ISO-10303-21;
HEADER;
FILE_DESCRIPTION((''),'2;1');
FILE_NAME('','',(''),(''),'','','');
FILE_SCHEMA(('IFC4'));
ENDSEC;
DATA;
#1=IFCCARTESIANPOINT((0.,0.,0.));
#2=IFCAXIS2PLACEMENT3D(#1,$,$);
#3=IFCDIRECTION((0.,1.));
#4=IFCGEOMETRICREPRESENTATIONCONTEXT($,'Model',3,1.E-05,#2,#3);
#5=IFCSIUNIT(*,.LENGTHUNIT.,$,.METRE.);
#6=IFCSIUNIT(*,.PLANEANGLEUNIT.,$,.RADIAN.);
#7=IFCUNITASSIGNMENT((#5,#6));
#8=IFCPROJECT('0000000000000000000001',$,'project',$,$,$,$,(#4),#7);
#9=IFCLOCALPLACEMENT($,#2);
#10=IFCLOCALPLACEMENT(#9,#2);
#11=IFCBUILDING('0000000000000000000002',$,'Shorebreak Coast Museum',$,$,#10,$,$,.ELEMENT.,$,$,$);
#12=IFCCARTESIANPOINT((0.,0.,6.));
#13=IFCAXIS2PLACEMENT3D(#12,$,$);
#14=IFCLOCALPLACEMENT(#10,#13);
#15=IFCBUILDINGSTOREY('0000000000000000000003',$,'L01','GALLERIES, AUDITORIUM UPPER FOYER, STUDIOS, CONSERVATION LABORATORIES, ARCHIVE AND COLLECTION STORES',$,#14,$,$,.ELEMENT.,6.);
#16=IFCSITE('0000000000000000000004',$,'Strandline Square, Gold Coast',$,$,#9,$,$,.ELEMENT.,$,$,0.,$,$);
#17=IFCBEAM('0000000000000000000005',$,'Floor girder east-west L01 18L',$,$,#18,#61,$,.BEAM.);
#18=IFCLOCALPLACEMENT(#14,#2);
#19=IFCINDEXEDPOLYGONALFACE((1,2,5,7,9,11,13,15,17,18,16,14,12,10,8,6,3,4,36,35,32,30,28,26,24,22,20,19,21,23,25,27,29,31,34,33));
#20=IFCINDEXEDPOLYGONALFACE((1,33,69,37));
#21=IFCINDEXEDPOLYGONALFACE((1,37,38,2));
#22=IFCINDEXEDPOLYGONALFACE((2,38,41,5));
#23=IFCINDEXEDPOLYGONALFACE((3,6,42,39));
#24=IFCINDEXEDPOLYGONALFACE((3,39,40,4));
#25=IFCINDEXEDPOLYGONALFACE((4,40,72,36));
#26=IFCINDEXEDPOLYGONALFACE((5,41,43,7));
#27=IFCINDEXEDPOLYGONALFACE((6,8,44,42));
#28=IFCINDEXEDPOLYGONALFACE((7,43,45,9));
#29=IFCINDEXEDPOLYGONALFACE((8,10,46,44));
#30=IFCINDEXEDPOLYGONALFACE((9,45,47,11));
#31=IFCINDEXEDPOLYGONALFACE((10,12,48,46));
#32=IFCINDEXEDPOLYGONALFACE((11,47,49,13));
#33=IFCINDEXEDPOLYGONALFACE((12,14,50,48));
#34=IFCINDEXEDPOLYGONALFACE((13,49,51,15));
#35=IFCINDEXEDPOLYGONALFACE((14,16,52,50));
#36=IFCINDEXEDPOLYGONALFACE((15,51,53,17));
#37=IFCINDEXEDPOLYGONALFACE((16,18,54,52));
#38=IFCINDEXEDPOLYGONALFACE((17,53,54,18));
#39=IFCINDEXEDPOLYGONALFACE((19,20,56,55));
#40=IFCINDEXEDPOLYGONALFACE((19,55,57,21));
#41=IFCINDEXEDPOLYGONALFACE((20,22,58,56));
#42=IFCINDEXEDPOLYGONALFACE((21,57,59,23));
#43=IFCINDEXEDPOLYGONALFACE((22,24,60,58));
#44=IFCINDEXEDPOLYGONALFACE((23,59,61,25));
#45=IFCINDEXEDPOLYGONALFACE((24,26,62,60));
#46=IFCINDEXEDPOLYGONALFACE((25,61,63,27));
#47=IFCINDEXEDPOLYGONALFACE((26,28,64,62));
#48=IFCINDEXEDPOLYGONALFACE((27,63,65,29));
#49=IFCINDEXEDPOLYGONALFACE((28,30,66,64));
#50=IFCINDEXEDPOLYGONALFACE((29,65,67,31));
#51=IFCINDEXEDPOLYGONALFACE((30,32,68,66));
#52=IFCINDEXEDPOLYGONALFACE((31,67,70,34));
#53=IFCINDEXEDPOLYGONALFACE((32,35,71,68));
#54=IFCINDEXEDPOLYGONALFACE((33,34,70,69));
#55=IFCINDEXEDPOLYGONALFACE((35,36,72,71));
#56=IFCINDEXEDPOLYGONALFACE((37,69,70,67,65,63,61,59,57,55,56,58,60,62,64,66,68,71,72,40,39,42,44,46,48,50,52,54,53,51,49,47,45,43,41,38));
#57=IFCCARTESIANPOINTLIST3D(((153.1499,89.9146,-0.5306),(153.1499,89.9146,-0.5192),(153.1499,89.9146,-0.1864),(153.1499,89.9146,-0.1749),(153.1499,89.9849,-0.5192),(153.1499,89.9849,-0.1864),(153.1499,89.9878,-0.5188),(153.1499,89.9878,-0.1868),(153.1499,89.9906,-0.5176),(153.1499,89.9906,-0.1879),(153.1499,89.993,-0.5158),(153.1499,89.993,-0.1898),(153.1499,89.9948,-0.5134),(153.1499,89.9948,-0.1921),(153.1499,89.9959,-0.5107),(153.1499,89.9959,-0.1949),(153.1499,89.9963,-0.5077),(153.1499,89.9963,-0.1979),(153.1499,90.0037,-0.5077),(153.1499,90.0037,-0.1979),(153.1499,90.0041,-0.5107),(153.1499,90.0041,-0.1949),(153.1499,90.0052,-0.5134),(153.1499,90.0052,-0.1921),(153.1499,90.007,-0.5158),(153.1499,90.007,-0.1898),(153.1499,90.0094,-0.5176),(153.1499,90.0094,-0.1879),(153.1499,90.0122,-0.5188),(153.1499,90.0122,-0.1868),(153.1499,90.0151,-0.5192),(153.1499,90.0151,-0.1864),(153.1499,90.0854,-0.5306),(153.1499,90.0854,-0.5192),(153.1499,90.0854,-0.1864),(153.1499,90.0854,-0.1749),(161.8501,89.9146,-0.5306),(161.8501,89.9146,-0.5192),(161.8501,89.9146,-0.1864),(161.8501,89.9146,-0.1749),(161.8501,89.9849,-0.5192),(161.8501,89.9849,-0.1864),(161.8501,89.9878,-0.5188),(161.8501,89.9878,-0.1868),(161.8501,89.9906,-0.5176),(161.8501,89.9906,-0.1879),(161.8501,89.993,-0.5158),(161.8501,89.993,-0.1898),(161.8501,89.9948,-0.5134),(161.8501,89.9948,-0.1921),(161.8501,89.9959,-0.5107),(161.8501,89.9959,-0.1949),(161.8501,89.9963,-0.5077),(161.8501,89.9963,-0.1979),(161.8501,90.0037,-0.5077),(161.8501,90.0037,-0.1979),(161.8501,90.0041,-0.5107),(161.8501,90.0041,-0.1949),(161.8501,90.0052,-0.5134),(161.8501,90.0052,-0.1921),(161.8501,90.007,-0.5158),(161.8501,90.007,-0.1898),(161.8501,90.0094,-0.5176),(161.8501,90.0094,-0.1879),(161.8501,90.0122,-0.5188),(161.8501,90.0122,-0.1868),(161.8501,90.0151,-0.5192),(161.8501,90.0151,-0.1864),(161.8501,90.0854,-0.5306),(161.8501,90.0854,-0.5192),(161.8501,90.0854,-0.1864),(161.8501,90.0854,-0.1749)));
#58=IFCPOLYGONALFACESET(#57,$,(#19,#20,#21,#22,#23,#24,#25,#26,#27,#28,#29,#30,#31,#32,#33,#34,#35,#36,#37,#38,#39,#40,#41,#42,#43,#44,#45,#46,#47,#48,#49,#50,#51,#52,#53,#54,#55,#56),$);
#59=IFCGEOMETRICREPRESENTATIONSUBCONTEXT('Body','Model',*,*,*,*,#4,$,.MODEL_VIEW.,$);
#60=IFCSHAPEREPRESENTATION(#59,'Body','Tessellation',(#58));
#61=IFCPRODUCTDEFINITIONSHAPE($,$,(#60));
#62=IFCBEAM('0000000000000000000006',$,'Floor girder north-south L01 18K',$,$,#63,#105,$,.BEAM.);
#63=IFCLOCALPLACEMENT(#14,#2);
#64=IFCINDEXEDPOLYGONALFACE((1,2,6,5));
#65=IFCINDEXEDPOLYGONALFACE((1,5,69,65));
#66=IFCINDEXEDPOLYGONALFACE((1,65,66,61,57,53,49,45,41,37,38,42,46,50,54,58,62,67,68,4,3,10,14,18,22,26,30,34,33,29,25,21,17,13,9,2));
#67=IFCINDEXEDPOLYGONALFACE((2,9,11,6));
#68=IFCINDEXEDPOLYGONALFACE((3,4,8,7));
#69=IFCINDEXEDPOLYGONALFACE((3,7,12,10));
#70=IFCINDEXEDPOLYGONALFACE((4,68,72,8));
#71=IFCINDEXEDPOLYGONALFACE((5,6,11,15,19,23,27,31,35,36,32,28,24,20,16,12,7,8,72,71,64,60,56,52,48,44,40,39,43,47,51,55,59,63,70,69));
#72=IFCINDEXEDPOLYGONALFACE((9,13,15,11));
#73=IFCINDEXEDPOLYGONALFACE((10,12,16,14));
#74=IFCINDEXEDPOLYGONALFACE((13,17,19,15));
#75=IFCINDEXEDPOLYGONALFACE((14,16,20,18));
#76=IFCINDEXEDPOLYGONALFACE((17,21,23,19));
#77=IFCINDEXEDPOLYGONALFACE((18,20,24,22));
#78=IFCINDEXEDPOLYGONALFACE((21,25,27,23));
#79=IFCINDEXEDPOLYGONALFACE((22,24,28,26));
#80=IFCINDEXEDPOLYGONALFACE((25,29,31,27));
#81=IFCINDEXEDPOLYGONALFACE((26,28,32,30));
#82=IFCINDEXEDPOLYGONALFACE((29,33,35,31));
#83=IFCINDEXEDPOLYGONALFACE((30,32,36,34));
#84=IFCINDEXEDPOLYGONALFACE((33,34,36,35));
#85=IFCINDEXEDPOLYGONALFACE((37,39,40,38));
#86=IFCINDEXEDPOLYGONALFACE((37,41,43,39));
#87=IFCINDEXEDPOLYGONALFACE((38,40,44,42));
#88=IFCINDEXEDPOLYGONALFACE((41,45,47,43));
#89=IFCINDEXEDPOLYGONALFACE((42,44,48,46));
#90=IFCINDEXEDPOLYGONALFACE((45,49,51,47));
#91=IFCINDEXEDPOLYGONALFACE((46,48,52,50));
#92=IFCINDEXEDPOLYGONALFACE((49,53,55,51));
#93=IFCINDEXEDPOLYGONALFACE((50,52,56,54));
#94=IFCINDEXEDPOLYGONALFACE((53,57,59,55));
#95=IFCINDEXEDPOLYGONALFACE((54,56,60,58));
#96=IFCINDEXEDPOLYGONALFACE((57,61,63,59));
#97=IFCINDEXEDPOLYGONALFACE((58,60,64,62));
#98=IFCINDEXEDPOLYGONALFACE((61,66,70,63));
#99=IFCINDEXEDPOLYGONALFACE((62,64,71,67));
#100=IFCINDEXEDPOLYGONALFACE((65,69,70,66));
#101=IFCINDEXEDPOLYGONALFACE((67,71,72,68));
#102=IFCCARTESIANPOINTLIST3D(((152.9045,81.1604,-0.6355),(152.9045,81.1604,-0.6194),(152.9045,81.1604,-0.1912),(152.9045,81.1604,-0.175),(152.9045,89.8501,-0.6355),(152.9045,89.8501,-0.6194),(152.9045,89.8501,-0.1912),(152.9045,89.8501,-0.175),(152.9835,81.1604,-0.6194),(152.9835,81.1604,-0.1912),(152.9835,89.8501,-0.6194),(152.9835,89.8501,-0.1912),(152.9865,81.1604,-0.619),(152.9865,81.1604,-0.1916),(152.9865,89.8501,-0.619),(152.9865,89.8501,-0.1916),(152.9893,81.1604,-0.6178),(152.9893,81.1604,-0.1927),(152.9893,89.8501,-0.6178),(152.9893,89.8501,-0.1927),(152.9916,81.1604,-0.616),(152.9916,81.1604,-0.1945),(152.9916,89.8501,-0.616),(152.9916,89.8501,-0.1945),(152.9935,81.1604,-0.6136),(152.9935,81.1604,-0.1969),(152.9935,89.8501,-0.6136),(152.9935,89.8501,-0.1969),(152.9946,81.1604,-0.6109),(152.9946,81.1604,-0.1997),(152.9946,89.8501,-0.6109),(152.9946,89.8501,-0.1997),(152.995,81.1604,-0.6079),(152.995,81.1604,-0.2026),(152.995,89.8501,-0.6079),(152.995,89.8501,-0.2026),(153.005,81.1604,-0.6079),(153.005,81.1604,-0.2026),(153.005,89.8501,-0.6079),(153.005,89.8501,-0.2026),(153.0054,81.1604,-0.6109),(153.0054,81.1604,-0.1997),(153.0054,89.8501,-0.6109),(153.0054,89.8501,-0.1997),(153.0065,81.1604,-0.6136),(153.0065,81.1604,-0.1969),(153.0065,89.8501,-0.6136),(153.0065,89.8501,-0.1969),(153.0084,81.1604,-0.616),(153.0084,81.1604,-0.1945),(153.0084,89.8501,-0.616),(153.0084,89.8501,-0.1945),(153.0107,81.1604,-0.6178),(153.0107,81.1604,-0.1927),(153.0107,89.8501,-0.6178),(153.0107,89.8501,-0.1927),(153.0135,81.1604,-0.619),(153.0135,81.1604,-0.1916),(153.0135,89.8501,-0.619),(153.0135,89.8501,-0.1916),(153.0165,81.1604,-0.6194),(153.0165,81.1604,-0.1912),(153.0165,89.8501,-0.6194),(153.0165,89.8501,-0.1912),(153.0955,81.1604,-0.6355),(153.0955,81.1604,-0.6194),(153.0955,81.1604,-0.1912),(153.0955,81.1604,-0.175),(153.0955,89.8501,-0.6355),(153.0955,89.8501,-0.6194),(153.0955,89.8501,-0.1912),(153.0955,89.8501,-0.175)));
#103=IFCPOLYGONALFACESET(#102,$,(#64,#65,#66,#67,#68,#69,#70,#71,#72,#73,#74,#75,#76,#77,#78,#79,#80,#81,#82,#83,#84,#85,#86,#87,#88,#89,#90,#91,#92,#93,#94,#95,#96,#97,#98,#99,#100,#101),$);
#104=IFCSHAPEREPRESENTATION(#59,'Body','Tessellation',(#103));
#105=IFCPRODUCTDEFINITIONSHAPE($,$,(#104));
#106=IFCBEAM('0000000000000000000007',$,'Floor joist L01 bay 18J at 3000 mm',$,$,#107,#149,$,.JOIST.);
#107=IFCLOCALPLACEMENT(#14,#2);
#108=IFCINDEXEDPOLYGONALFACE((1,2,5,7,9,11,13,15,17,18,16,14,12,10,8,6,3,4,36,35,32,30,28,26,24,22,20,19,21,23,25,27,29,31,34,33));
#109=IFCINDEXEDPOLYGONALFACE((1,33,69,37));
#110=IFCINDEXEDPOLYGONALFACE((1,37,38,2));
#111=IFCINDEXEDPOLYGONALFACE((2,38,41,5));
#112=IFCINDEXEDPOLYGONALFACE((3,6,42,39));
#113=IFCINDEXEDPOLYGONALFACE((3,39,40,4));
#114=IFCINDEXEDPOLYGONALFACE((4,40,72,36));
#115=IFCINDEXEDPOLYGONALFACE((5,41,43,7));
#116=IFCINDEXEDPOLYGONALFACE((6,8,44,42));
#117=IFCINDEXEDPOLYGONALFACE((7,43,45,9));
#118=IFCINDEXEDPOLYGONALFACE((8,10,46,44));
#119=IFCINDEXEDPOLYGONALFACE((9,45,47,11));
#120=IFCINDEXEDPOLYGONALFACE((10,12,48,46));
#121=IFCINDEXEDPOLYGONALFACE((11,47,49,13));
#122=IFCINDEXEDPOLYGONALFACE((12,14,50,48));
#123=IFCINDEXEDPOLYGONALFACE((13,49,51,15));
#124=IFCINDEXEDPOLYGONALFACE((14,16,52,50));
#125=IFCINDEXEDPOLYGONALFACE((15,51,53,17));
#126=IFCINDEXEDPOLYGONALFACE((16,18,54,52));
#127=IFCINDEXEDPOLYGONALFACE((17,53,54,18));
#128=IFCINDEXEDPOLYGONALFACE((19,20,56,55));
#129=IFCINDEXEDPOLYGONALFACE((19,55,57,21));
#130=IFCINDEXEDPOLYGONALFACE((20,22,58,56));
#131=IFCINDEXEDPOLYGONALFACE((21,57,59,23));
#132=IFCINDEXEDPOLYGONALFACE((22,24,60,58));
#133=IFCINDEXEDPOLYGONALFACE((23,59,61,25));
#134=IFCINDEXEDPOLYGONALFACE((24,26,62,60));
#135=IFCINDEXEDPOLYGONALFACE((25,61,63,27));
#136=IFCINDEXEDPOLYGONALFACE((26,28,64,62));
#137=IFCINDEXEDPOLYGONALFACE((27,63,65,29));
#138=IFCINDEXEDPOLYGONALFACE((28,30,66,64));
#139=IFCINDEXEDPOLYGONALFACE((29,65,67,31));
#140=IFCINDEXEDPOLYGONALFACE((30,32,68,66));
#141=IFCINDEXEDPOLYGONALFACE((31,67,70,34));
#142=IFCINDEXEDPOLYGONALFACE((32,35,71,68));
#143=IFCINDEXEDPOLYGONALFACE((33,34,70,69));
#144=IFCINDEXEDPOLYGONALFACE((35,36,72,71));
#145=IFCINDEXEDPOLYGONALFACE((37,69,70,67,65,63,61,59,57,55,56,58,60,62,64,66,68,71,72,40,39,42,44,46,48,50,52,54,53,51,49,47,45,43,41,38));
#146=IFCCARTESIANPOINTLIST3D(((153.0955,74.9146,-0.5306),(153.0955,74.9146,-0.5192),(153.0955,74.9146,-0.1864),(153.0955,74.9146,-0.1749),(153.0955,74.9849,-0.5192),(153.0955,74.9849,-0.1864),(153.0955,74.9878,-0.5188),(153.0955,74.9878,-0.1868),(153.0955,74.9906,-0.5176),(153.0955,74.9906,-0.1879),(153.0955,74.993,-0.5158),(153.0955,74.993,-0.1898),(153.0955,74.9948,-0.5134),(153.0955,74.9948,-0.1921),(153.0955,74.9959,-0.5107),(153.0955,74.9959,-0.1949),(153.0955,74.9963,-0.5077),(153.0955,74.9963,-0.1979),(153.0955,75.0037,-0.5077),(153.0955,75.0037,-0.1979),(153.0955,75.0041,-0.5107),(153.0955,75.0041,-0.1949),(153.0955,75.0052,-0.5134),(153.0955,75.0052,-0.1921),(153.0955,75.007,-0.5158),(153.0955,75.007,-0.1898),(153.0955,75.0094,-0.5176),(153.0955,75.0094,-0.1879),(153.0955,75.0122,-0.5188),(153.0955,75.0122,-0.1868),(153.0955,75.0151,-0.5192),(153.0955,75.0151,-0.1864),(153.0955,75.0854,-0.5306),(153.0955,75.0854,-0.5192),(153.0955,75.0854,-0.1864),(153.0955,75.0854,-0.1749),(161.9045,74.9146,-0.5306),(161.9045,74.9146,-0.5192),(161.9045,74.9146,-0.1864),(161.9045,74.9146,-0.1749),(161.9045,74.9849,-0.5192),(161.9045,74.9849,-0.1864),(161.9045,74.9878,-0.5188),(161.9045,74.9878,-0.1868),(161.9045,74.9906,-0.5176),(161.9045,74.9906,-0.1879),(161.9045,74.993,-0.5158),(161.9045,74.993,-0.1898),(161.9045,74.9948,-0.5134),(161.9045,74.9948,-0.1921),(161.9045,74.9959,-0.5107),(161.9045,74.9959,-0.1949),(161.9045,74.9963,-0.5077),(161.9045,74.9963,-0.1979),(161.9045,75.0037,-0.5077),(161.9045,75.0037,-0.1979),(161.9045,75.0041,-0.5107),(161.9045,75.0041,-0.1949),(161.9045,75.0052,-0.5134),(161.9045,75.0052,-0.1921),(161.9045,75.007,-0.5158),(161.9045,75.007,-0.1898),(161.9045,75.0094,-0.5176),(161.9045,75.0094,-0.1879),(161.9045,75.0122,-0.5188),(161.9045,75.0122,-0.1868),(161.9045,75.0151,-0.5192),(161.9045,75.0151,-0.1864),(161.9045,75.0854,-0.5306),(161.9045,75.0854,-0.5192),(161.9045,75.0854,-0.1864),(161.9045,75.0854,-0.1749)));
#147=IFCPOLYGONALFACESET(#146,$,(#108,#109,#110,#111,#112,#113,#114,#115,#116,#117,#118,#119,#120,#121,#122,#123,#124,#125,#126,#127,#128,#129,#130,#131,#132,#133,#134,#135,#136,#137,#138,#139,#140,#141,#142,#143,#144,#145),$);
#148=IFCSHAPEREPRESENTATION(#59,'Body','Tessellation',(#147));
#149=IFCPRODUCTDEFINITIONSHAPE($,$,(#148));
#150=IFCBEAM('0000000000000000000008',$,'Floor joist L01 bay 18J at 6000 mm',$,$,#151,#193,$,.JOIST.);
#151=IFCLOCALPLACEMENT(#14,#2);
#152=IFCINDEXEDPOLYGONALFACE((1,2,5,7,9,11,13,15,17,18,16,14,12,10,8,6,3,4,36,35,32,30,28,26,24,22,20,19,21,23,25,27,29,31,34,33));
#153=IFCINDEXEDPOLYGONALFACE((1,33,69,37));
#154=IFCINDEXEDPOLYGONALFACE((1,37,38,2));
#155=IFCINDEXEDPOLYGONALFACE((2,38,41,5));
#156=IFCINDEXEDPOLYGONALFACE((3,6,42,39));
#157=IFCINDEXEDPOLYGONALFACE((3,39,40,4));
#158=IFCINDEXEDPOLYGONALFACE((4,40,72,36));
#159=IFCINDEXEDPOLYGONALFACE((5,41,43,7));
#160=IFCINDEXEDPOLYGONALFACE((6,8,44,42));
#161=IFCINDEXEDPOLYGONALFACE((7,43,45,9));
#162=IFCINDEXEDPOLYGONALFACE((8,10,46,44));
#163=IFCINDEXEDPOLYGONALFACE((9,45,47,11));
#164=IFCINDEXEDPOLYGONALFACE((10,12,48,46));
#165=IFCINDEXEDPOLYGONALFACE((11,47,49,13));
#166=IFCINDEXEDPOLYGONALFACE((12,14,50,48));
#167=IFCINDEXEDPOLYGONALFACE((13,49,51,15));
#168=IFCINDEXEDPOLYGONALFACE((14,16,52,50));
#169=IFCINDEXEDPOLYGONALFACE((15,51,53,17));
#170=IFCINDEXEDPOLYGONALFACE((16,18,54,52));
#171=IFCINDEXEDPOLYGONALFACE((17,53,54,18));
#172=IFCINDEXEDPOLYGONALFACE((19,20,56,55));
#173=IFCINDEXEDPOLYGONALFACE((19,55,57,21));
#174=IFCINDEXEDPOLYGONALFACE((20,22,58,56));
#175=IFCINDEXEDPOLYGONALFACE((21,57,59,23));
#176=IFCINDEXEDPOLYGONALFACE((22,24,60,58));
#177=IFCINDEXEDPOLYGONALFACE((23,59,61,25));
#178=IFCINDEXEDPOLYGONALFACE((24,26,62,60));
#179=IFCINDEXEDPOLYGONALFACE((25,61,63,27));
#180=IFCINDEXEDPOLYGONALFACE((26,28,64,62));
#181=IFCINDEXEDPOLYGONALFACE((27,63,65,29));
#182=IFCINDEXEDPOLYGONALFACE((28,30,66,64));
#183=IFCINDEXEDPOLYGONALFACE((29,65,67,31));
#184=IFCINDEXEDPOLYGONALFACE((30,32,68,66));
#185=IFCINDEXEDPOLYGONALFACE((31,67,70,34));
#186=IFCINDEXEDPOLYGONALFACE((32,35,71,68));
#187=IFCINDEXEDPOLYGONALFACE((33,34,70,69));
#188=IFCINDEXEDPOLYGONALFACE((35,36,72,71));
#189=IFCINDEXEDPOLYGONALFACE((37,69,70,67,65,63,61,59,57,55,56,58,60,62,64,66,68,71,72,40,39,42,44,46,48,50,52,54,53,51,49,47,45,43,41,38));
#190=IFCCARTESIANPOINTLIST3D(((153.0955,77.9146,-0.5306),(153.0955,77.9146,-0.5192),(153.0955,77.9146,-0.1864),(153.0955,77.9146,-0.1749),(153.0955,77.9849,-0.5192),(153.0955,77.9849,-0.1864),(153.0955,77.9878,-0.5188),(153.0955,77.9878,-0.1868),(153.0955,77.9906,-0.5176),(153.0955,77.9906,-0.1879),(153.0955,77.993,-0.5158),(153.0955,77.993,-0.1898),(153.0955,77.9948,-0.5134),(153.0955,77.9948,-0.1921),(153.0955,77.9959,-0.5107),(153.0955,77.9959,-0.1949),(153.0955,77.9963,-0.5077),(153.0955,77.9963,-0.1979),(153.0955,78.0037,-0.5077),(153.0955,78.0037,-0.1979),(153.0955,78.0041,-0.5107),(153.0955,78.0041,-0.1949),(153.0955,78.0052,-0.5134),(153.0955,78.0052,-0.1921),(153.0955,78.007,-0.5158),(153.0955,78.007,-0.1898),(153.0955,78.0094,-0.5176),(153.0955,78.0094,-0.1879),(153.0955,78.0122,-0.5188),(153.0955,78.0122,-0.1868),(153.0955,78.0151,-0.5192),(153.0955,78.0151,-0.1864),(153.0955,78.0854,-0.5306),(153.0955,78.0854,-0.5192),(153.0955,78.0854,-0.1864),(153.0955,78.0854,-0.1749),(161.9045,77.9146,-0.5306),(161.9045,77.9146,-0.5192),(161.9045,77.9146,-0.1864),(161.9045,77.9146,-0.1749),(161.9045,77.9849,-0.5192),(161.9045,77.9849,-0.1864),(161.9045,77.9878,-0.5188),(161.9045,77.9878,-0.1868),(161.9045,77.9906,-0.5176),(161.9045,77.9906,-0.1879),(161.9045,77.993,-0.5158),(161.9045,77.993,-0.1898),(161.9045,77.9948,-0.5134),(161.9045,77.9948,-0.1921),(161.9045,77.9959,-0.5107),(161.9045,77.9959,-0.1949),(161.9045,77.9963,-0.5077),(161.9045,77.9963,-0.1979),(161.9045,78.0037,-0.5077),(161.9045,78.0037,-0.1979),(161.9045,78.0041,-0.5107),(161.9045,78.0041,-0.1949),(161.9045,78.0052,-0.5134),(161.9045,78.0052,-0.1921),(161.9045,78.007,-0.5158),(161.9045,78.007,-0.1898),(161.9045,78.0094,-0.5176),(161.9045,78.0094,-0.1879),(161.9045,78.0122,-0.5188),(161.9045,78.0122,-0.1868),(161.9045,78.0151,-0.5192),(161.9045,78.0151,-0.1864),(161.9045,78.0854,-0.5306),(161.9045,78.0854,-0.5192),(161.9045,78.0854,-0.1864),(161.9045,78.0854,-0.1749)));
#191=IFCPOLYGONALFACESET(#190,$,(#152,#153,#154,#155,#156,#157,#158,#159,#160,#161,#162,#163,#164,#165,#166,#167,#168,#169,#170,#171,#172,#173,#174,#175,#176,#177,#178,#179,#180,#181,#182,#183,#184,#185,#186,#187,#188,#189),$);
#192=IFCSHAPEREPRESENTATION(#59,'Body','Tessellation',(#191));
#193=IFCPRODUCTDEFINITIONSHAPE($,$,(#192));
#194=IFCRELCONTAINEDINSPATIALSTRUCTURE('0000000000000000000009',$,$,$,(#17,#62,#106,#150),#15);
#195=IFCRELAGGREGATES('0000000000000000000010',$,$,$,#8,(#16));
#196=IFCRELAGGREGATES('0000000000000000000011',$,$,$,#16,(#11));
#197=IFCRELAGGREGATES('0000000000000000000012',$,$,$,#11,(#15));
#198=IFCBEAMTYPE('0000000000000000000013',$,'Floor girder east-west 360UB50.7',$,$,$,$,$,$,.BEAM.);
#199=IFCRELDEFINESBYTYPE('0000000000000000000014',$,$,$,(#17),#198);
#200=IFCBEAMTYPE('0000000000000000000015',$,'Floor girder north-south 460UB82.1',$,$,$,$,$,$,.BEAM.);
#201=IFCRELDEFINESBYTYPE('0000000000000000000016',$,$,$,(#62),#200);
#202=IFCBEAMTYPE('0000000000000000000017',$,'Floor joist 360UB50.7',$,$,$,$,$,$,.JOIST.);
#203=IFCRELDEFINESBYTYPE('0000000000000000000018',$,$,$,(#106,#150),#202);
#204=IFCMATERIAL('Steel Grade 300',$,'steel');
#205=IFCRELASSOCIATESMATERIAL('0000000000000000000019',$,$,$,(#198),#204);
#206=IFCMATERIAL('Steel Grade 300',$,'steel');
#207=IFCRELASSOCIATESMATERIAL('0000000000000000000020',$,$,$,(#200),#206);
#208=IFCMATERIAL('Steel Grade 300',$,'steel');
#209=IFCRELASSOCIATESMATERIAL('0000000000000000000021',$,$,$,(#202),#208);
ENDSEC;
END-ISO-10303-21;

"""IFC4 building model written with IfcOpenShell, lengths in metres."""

from ifc_helpers import new_model, si_unit, direction, frame, origin, origin_2d, place, context, subcontext, project, spatial, i_section, extrude, material, material_profile, profile_set, type_object, element, save


model = new_model("IFC4")

# Units and contexts
model_context = context("Model", 3, precision=1e-05, world=origin(), true_north=direction((0.0, 1.0)))
body_context = subcontext(model_context, "Body", "Model", "MODEL_VIEW")
ifc_project = project(units=[si_unit("LENGTHUNIT", "METRE"), si_unit("PLANEANGLEUNIT", "RADIAN")], contexts=[model_context])

# Site, building, storey
site_placement = place(None, origin())
site = spatial("IfcSite", under=ifc_project, at=site_placement, Name="Strandline Square, Gold Coast", CompositionType="ELEMENT", RefElevation=0.0)
building_placement = place(site_placement, origin())
building = spatial("IfcBuilding", under=site, at=building_placement, Name="Shorebreak Coast Museum", CompositionType="ELEMENT")
storey_placement = place(building_placement, frame((0.0, 0.0, 6.0)))
storey = spatial("IfcBuildingStorey", under=building, at=storey_placement, Name="L01", Description="GALLERIES, AUDITORIUM UPPER FOYER, STUDIOS, CONSERVATION LABORATORIES, ARCHIVE AND COLLECTION STORES", CompositionType="ELEMENT", Elevation=6.0)

# Beams
ifc_material_1 = material(Name="Steel Grade 300", Category="steel")
ifc_material_profile_1 = material_profile(ifc_material_1, i_section(OverallWidth=0.1709, OverallDepth=0.3557, WebThickness=0.0073, FlangeThickness=0.0115, FilletRadius=0.0115, at=origin_2d()), Name="360UB50.7")
ifc_profile_set_1 = profile_set([ifc_material_profile_1], Name="Steel Grade 300")
beam_type_1 = type_object("IfcBeamType", Name="Floor girder east-west 360UB50.7", PredefinedType="BEAM", material=ifc_profile_set_1)
beam_1_placement = place(storey_placement, frame((153.1499, 90.0, -0.3528), z_axis=(1.0, 0.0, 0.0), x_axis=(0.0, 1.0, 0.0)))
element("IfcBeam", 1, at=beam_1_placement, inside=storey, type_object=beam_type_1, Name="Floor girder east-west L01 18L", PredefinedType="BEAM", context=body_context, shape_type="SweptSolid", body=[
    extrude(i_section(OverallWidth=0.1709, OverallDepth=0.3557, WebThickness=0.0073, FlangeThickness=0.0115, FilletRadius=0.0115, at=origin_2d()), origin(), (0.0, 0.0, 1.0), 8.7002),
])
ifc_material_2 = material(Name="Steel Grade 300", Category="steel")
ifc_material_profile_2 = material_profile(ifc_material_2, i_section(OverallWidth=0.1909, OverallDepth=0.4604, WebThickness=0.01, FlangeThickness=0.0161, FilletRadius=0.0115, at=origin_2d()), Name="460UB82.1")
ifc_profile_set_2 = profile_set([ifc_material_profile_2], Name="Steel Grade 300")
beam_type_2 = type_object("IfcBeamType", Name="Floor girder north-south 460UB82.1", PredefinedType="BEAM", material=ifc_profile_set_2)
beam_2_placement = place(storey_placement, frame((153.0, 81.1604, -0.4053), z_axis=(0.0, 1.0, 0.0), x_axis=(-1.0, 0.0, 0.0)))
element("IfcBeam", 2, at=beam_2_placement, inside=storey, type_object=beam_type_2, Name="Floor girder north-south L01 18K", PredefinedType="BEAM", context=body_context, shape_type="SweptSolid", body=[
    extrude(i_section(OverallWidth=0.1909, OverallDepth=0.4604, WebThickness=0.01, FlangeThickness=0.0161, FilletRadius=0.0115, at=origin_2d()), origin(), (0.0, 0.0, 1.0), 8.6897),
])
ifc_material_3 = material(Name="Steel Grade 300", Category="steel")
ifc_material_profile_3 = material_profile(ifc_material_3, i_section(OverallWidth=0.1709, OverallDepth=0.3557, WebThickness=0.0073, FlangeThickness=0.0115, FilletRadius=0.0115, at=origin_2d()), Name="360UB50.7")
ifc_profile_set_3 = profile_set([ifc_material_profile_3], Name="Steel Grade 300")
beam_type_3 = type_object("IfcBeamType", Name="Floor joist 360UB50.7", PredefinedType="JOIST", material=ifc_profile_set_3)
for number, where, z_axis, x_axis, name in (
    (3, (153.0955, 75.0, -0.3528), (1.0, 0.0, 0.0), (0.0, 1.0, 0.0), "Floor joist L01 bay 18J at 3000 mm"),
    (4, (153.0955, 78.0, -0.3528), (1.0, 0.0, 0.0), (0.0, 1.0, 0.0), "Floor joist L01 bay 18J at 6000 mm"),
):
    element("IfcBeam", number, at=place(storey_placement, frame(where, z_axis=z_axis, x_axis=x_axis)), inside=storey, type_object=beam_type_3, Name=name, PredefinedType="JOIST", context=body_context, shape_type="SweptSolid", body=[
        extrude(i_section(OverallWidth=0.1709, OverallDepth=0.3557, WebThickness=0.0073, FlangeThickness=0.0115, FilletRadius=0.0115, at=origin_2d()), origin(), (0.0, 0.0, 1.0), 8.8091),
    ])

save(model, "model.ifc")
